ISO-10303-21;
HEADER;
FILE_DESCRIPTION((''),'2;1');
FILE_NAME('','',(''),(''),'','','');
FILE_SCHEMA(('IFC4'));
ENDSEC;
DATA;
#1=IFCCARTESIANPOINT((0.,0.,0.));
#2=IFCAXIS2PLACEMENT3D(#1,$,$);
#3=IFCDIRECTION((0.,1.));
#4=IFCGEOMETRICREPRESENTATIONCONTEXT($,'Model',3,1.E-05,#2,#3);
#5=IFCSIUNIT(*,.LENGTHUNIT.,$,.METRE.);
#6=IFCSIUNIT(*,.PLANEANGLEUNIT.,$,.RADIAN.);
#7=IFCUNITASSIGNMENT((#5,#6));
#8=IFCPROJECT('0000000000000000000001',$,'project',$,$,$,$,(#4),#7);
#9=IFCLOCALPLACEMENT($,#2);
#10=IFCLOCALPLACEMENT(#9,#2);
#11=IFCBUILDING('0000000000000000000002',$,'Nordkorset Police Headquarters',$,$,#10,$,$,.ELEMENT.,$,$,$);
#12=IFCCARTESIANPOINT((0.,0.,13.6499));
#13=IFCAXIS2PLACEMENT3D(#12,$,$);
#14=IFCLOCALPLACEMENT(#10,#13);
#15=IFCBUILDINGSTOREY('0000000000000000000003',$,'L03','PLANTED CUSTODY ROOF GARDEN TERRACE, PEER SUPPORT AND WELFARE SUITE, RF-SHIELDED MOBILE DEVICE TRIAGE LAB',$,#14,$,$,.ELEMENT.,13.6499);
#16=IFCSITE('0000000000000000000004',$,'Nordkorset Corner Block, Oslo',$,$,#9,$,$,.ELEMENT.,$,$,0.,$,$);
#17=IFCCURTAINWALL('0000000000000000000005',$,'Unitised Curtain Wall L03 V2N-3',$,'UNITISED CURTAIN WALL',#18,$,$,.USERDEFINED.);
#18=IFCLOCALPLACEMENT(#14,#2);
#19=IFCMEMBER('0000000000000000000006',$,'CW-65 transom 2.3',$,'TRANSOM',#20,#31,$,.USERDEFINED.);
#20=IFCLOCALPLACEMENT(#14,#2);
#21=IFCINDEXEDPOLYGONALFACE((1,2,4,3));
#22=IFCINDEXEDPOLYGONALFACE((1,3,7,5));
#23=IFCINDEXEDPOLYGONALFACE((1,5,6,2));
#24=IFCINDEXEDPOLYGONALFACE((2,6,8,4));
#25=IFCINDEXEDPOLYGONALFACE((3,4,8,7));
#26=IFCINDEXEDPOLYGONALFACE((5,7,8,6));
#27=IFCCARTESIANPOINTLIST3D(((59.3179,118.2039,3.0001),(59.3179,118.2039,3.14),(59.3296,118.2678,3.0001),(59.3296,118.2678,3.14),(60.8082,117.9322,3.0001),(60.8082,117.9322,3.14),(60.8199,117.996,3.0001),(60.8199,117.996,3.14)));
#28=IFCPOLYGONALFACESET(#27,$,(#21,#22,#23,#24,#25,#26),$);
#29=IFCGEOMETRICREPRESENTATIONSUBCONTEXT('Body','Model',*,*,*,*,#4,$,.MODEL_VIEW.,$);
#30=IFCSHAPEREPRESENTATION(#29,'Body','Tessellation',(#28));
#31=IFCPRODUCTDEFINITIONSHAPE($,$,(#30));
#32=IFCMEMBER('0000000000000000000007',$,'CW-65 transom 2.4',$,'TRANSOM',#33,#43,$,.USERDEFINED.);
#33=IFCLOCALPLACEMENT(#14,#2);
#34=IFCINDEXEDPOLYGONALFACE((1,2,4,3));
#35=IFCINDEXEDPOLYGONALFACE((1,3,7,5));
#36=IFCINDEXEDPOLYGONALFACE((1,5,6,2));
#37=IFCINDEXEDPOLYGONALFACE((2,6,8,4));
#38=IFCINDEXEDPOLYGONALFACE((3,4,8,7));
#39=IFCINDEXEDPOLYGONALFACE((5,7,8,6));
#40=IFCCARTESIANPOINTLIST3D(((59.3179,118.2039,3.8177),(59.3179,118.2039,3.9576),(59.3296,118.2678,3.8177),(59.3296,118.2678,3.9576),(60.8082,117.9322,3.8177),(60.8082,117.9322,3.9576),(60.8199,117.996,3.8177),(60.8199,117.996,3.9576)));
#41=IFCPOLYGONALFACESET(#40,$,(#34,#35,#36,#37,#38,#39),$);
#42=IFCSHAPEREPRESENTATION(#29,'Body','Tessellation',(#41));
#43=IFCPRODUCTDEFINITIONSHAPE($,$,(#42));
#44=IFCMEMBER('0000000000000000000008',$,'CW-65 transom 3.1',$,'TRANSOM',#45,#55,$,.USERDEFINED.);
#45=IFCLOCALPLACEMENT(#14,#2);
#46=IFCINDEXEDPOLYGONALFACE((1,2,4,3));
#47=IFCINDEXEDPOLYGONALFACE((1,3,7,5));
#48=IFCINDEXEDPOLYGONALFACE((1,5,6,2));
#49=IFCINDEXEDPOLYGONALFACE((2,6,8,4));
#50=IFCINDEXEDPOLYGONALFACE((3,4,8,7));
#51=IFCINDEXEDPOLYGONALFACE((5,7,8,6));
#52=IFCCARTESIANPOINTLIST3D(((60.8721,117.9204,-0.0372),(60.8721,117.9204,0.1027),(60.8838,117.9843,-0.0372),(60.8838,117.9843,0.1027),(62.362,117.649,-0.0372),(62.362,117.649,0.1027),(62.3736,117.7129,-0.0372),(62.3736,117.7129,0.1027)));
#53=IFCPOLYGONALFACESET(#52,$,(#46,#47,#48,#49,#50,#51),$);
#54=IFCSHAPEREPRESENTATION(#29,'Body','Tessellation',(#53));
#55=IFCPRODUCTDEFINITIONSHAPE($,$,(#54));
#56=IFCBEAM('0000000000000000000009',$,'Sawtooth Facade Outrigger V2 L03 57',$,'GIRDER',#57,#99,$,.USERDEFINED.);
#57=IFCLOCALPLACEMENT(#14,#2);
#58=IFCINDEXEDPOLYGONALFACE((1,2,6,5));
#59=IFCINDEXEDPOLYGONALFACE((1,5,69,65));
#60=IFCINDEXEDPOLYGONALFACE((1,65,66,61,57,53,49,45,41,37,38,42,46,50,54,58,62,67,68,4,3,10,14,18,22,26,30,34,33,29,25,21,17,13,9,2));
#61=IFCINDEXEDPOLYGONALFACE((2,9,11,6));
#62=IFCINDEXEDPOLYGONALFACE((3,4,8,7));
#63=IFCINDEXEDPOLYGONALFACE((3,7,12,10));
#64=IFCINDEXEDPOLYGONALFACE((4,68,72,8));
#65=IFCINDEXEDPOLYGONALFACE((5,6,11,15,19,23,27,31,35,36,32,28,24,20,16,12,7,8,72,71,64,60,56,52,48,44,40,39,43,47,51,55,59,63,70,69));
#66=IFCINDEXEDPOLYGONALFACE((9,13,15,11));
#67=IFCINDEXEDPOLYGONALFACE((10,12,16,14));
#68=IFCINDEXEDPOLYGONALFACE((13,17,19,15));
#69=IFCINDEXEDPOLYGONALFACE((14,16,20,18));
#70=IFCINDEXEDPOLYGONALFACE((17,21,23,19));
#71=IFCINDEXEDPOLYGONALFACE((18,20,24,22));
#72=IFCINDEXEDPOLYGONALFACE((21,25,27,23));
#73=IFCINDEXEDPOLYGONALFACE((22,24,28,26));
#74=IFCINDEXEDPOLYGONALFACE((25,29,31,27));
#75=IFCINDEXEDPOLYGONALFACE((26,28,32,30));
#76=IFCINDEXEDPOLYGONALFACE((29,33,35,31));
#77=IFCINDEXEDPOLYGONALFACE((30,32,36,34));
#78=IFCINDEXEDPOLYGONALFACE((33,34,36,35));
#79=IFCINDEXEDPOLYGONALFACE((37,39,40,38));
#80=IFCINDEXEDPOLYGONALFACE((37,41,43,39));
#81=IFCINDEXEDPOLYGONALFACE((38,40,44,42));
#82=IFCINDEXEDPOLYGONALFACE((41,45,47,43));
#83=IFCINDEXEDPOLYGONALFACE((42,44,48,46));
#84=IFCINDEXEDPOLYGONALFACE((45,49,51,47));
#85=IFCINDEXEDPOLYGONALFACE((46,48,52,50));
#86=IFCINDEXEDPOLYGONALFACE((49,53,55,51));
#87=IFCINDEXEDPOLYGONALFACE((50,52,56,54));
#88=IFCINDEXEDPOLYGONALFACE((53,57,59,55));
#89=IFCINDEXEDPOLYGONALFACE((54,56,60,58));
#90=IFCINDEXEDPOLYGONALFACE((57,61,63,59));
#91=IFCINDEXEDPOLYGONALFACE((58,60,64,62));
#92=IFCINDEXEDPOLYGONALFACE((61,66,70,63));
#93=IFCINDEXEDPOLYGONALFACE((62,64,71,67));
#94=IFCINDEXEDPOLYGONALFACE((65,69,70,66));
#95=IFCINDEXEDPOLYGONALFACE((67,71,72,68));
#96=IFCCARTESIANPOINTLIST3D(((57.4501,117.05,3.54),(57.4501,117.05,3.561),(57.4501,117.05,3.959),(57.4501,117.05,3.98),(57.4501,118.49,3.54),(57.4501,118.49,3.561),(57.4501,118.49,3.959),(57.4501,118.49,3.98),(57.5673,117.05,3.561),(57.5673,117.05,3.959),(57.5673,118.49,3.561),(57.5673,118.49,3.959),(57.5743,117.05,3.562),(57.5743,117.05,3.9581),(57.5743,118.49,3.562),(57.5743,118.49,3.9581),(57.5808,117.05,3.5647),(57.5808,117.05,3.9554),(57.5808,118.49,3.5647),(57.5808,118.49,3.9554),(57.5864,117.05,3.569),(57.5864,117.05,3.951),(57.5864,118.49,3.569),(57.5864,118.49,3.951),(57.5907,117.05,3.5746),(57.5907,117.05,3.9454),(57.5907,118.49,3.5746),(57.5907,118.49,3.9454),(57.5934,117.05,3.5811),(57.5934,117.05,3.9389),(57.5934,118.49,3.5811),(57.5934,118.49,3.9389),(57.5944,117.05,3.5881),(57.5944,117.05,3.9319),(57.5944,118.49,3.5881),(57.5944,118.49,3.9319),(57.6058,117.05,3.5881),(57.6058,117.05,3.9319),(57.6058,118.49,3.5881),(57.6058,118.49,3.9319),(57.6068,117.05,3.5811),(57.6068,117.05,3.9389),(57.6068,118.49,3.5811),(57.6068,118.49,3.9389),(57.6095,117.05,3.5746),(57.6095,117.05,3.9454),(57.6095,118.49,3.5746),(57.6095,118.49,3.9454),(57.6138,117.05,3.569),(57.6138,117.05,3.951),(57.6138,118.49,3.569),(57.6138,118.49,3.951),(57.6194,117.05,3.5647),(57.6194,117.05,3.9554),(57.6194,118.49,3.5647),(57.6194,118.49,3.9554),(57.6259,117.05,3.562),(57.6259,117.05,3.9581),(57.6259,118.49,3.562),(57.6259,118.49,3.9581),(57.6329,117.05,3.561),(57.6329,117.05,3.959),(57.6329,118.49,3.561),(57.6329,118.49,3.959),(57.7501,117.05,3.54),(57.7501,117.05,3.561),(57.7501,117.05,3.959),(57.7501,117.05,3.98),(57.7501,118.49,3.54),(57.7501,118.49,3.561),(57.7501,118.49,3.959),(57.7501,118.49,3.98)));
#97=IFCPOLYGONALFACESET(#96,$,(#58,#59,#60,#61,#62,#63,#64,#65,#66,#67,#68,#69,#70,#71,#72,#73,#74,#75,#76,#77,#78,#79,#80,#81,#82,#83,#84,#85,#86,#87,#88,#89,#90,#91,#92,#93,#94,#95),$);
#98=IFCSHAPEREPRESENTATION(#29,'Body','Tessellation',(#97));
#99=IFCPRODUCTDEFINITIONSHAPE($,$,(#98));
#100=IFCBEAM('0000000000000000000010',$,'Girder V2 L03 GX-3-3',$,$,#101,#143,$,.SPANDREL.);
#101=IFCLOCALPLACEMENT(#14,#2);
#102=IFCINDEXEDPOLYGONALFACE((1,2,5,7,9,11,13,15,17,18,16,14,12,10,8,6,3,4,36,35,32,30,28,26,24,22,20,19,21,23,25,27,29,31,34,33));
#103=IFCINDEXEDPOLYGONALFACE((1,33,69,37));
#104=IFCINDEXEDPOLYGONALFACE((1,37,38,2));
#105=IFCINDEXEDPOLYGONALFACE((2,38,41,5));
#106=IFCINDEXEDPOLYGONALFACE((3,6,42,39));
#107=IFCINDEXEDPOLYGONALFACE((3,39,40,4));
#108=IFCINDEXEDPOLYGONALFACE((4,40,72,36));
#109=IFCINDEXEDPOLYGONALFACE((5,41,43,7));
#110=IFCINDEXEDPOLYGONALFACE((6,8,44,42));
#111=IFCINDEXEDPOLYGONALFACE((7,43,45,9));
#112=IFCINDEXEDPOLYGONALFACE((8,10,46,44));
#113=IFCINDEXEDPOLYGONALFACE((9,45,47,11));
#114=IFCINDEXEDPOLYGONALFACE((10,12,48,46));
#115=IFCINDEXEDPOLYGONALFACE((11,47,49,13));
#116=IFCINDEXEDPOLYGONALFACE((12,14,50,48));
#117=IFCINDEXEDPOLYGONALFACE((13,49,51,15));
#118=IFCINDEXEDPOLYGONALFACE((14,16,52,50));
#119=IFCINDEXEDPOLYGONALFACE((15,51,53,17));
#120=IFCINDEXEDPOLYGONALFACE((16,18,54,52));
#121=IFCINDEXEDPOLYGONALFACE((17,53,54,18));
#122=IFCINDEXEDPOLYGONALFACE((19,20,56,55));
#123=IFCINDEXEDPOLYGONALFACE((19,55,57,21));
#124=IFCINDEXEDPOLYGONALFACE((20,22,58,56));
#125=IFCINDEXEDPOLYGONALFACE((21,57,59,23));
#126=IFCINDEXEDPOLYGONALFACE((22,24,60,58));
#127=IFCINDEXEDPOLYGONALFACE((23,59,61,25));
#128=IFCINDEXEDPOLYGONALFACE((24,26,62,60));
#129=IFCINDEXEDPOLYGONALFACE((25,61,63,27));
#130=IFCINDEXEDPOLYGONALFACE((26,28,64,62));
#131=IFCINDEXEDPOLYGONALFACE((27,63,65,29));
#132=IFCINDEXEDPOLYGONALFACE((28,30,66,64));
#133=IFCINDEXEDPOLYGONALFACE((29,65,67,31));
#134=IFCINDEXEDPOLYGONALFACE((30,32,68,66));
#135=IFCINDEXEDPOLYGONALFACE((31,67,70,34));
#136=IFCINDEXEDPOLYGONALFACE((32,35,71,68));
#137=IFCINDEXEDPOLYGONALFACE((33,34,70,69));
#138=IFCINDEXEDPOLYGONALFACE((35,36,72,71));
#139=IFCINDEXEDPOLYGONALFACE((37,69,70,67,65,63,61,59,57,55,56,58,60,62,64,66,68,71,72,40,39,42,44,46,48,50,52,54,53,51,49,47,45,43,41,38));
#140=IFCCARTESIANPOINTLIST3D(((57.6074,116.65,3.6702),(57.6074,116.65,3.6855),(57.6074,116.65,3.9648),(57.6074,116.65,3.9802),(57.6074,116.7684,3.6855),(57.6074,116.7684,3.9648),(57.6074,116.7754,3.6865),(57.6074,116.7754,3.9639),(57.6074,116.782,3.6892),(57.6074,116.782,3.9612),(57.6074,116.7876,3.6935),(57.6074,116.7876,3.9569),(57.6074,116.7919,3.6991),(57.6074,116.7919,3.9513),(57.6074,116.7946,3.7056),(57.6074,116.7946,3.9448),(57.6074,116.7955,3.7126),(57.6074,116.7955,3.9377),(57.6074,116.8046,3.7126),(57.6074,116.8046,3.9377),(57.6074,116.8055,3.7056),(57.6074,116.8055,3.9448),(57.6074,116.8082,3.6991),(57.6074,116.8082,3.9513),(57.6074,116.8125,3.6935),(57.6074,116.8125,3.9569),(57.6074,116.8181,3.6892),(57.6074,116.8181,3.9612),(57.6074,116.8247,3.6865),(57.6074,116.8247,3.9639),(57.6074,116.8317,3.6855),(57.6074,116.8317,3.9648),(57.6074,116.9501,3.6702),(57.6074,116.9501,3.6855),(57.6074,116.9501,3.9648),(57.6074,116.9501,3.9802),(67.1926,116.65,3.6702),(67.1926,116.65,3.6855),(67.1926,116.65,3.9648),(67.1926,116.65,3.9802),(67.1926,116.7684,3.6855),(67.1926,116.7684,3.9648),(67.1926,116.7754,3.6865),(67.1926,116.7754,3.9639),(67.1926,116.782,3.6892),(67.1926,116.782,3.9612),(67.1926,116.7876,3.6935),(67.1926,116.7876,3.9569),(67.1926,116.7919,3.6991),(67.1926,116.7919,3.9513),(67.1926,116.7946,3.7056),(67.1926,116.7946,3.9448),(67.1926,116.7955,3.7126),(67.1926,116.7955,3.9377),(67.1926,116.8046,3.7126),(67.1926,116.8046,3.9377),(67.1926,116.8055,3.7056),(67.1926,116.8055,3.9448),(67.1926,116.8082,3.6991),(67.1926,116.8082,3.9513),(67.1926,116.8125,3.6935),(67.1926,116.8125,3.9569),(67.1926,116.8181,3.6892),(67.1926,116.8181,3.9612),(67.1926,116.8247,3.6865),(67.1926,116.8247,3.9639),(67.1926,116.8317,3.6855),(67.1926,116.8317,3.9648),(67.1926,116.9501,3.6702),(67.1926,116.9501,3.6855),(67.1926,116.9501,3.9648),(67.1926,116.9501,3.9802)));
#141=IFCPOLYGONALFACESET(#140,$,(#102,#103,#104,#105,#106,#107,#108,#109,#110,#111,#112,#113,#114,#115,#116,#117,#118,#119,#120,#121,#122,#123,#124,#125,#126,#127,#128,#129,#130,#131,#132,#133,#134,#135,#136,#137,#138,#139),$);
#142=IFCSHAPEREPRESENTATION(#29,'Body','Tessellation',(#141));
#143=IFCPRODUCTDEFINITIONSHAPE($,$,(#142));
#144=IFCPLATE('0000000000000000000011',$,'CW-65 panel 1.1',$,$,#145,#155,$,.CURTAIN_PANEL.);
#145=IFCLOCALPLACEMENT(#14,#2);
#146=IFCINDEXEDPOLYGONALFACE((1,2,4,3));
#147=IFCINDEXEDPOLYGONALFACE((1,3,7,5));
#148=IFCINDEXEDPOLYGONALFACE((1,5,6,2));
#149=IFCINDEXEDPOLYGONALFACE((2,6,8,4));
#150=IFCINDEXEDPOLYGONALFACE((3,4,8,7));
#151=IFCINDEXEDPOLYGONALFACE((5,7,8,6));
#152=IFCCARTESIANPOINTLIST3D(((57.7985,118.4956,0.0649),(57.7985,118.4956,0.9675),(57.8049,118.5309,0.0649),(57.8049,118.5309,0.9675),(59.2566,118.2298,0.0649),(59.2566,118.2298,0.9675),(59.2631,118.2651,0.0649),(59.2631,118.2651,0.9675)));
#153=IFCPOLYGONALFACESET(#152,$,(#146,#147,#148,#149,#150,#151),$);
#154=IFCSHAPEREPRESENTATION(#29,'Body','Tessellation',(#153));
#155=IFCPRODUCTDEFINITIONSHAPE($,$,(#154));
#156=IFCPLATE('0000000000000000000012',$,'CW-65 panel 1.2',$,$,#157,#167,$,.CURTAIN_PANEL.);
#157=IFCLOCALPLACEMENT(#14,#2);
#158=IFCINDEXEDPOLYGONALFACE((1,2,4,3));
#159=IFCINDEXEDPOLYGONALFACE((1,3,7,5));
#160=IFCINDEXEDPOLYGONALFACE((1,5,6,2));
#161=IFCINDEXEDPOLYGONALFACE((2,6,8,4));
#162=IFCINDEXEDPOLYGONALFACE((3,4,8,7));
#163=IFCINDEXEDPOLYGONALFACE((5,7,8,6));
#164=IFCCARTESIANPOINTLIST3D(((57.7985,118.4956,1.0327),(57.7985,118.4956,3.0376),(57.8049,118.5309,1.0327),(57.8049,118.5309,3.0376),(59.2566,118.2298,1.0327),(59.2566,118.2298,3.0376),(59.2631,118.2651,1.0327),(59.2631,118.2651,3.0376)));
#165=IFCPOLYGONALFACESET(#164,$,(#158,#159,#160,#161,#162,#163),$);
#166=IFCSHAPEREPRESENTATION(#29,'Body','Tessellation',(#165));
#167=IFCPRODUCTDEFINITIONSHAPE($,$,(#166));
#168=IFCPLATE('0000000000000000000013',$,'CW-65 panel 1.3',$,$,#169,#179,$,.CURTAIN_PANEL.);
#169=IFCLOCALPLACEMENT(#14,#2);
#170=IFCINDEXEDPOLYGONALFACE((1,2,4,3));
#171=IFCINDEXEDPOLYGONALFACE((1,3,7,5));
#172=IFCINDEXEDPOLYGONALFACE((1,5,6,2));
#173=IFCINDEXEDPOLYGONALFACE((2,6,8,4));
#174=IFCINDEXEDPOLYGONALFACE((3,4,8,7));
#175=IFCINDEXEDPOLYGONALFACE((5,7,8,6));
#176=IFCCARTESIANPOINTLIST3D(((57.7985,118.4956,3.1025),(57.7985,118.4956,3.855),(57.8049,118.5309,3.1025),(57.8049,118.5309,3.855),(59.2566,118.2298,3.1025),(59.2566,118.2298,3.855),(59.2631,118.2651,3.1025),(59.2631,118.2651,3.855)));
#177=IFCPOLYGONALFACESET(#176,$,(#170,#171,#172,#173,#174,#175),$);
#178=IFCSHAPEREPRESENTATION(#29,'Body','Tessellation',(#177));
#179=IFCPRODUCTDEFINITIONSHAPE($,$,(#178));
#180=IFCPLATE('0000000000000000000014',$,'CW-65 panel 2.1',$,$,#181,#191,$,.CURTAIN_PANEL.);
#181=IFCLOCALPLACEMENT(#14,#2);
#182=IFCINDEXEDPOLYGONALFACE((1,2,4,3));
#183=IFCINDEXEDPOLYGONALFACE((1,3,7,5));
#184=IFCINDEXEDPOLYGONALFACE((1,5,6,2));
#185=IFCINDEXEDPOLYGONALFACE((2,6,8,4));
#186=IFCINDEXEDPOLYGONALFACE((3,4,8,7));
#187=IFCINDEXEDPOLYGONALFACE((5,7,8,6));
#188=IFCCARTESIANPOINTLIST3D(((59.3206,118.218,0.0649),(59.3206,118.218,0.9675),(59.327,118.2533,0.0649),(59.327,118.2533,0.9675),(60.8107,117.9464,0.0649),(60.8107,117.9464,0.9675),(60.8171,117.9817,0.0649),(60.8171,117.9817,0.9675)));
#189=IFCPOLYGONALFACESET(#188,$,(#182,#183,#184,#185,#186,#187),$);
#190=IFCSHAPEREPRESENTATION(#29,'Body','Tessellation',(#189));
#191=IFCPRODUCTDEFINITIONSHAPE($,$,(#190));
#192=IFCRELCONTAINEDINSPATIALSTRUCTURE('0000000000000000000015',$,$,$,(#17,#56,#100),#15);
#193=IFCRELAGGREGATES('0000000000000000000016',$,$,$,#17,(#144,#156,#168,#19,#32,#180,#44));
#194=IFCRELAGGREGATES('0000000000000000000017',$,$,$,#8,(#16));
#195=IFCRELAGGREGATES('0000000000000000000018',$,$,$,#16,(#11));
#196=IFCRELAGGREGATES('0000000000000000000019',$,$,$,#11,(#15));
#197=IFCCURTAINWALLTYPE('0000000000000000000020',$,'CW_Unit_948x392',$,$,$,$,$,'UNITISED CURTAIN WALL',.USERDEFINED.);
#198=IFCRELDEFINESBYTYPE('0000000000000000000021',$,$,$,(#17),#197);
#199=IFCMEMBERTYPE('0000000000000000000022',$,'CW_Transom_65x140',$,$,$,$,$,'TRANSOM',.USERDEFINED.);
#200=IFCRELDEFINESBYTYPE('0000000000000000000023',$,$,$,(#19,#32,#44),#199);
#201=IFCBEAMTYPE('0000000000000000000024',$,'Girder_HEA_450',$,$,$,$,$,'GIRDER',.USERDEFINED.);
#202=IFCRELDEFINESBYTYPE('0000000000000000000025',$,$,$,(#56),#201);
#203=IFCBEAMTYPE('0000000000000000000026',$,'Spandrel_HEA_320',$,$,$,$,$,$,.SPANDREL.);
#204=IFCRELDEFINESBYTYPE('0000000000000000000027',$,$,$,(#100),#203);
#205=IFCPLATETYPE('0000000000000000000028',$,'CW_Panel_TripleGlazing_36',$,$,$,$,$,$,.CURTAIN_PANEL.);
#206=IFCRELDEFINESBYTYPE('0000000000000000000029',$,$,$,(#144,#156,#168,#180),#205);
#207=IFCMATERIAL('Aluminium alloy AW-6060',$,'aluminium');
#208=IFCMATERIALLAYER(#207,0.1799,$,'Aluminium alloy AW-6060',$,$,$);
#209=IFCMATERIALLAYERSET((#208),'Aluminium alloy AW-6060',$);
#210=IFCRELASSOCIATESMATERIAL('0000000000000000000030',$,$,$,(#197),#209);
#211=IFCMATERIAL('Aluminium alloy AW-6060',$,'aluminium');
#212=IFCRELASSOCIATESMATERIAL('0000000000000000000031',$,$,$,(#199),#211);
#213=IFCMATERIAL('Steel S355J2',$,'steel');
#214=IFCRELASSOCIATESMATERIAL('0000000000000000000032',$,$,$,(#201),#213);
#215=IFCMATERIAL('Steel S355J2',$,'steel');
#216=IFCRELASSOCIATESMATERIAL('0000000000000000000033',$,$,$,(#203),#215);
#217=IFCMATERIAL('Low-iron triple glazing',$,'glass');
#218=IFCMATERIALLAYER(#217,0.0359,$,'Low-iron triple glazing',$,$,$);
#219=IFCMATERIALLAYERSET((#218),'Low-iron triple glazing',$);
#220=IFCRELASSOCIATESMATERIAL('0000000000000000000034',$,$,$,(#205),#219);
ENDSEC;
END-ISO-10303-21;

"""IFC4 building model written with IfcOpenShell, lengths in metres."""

from ifc_helpers import new_model, si_unit, direction, frame, origin, origin_2d, place, context, subcontext, project, spatial, rectangle, i_section, extrude, material, layer, layer_set, material_profile, profile_set, type_object, element, aggregate, save


model = new_model("IFC4")

# Units and contexts
model_context = context("Model", 3, precision=1e-05, world=origin(), true_north=direction((0.0, 1.0)))
body_context = subcontext(model_context, "Body", "Model", "MODEL_VIEW")
ifc_project = project(units=[si_unit("LENGTHUNIT", "METRE"), si_unit("PLANEANGLEUNIT", "RADIAN")], contexts=[model_context])

# Site, building, storey
site_placement = place(None, origin())
site = spatial("IfcSite", under=ifc_project, at=site_placement, Name="Nordkorset Corner Block, Oslo", CompositionType="ELEMENT", RefElevation=0.0)
building_placement = place(site_placement, origin())
building = spatial("IfcBuilding", under=site, at=building_placement, Name="Nordkorset Police Headquarters", CompositionType="ELEMENT")
storey_placement = place(building_placement, frame((0.0, 0.0, 13.6499)))
storey = spatial("IfcBuildingStorey", under=building, at=storey_placement, Name="L03", Description="PLANTED CUSTODY ROOF GARDEN TERRACE, PEER SUPPORT AND WELFARE SUITE, RF-SHIELDED MOBILE DEVICE TRIAGE LAB", CompositionType="ELEMENT", Elevation=13.6499)

# Curtain wall, members
ifc_material_1 = material(Name="Aluminium alloy AW-6060", Category="aluminium")
ifc_layer_1 = layer(ifc_material_1, 0.1799, Name="Aluminium alloy AW-6060")
ifc_layer_set_1 = layer_set([ifc_layer_1], Name="Aluminium alloy AW-6060")
curtain_wall_type_1 = type_object("IfcCurtainWallType", Name="CW_Unit_948x392", ElementType="UNITISED CURTAIN WALL", PredefinedType="USERDEFINED", material=ifc_layer_set_1)
curtain_wall_1_placement = place(storey_placement, origin())
curtain_wall_1 = element("IfcCurtainWall", 1, at=curtain_wall_1_placement, inside=storey, type_object=curtain_wall_type_1, Name="Unitised Curtain Wall L03 V2N-3", ObjectType="UNITISED CURTAIN WALL", PredefinedType="USERDEFINED")
ifc_material_2 = material(Name="Aluminium alloy AW-6060", Category="aluminium")
ifc_material_profile_1 = material_profile(ifc_material_2, rectangle(XDim=0.0649, YDim=0.1399, at=origin_2d()), Name="ALU TRAN 65x140")
ifc_profile_set_1 = profile_set([ifc_material_profile_1], Name="Aluminium alloy AW-6060")
member_type_1 = type_object("IfcMemberType", Name="CW_Transom_65x140", ElementType="TRANSOM", PredefinedType="USERDEFINED", material=ifc_profile_set_1)
member_1_placement = place(storey_placement, frame((59.3237, 118.2358, 3.0701), z_axis=(0.98378, -0.179382, 0.0), x_axis=(0.179382, 0.98378, 0.0)))
member_1 = element("IfcMember", 2, at=member_1_placement, type_object=member_type_1, Name="CW-65 transom 2.3", ObjectType="TRANSOM", PredefinedType="USERDEFINED", context=body_context, shape_type="SweptSolid", body=[
    extrude(rectangle(XDim=0.0649, YDim=0.1399, at=origin_2d()), origin(), (0.0, 0.0, 1.0), 1.5149),
])
member_2_placement = place(storey_placement, frame((59.3237, 118.2358, 3.8877), z_axis=(0.98378, -0.179382, 0.0), x_axis=(0.179382, 0.98378, 0.0)))
member_2 = element("IfcMember", 3, at=member_2_placement, type_object=member_type_1, Name="CW-65 transom 2.4", ObjectType="TRANSOM", PredefinedType="USERDEFINED", context=body_context, shape_type="SweptSolid", body=[
    extrude(rectangle(XDim=0.0649, YDim=0.1399, at=origin_2d()), origin(), (0.0, 0.0, 1.0), 1.5149),
])
member_3_placement = place(storey_placement, frame((60.8779, 117.9524, 0.0327), z_axis=(0.983803, -0.179254, 0.0), x_axis=(0.179254, 0.983803, 0.0)))
member_3 = element("IfcMember", 4, at=member_3_placement, type_object=member_type_1, Name="CW-65 transom 3.1", ObjectType="TRANSOM", PredefinedType="USERDEFINED", context=body_context, shape_type="SweptSolid", body=[
    extrude(rectangle(XDim=0.0649, YDim=0.1399, at=origin_2d()), origin(), (0.0, 0.0, 1.0), 1.5144),
])

# Beams
ifc_material_3 = material(Name="Steel S355J2", Category="steel")
ifc_material_profile_2 = material_profile(ifc_material_3, i_section(OverallWidth=0.3, OverallDepth=0.4399, WebThickness=0.0115, FlangeThickness=0.021, FilletRadius=0.0271, at=origin_2d()), Name="HEA 450")
ifc_profile_set_2 = profile_set([ifc_material_profile_2], Name="Steel S355J2")
beam_type_1 = type_object("IfcBeamType", Name="Girder_HEA_450", ElementType="GIRDER", PredefinedType="USERDEFINED", material=ifc_profile_set_2)
beam_1_placement = place(storey_placement, frame((57.6001, 117.05, 3.76), z_axis=(0.0, 1.0, 0.0), x_axis=(-1.0, 0.0, 0.0)))
element("IfcBeam", 5, at=beam_1_placement, inside=storey, type_object=beam_type_1, Name="Sawtooth Facade Outrigger V2 L03 57", ObjectType="GIRDER", PredefinedType="USERDEFINED", context=body_context, shape_type="SweptSolid", body=[
    extrude(i_section(OverallWidth=0.3, OverallDepth=0.4399, WebThickness=0.0115, FlangeThickness=0.021, FilletRadius=0.0271, at=origin_2d()), origin(), (0.0, 0.0, 1.0), 1.4399),
])
ifc_material_4 = material(Name="Steel S355J2", Category="steel")
ifc_material_profile_3 = material_profile(ifc_material_4, i_section(OverallWidth=0.3, OverallDepth=0.3101, WebThickness=0.009, FlangeThickness=0.0154, FilletRadius=0.0271, at=origin_2d()), Name="HEA 320")
ifc_profile_set_3 = profile_set([ifc_material_profile_3], Name="Steel S355J2")
beam_type_2 = type_object("IfcBeamType", Name="Spandrel_HEA_320", PredefinedType="SPANDREL", material=ifc_profile_set_3)
beam_2_placement = place(storey_placement, frame((57.6074, 116.8, 3.8252), z_axis=(1.0, 0.0, 0.0), x_axis=(0.0, 1.0, 0.0)))
element("IfcBeam", 6, at=beam_2_placement, inside=storey, type_object=beam_type_2, Name="Girder V2 L03 GX-3-3", PredefinedType="SPANDREL", context=body_context, shape_type="SweptSolid", body=[
    extrude(i_section(OverallWidth=0.3, OverallDepth=0.3101, WebThickness=0.009, FlangeThickness=0.0154, FilletRadius=0.0271, at=origin_2d()), origin(), (0.0, 0.0, 1.0), 9.5852),
])

# Plates
ifc_material_5 = material(Name="Low-iron triple glazing", Category="glass")
ifc_layer_2 = layer(ifc_material_5, 0.0359, Name="Low-iron triple glazing")
ifc_layer_set_2 = layer_set([ifc_layer_2], Name="Low-iron triple glazing")
plate_type = type_object("IfcPlateType", Name="CW_Panel_TripleGlazing_36", PredefinedType="CURTAIN_PANEL", material=ifc_layer_set_2)
plate_1_placement = place(storey_placement, frame((58.5308, 118.3804, 0.0649), z_axis=(0.0, 0.0, 1.0), x_axis=(0.983788, -0.179336, 0.0)))
plate_1 = element("IfcPlate", 7, at=plate_1_placement, type_object=plate_type, Name="CW-65 panel 1.1", PredefinedType="CURTAIN_PANEL", context=body_context, shape_type="SweptSolid", body=[
    extrude(rectangle(XDim=1.4822, YDim=0.0359, at=origin_2d()), origin(), (0.0, 0.0, 1.0), 0.9026),
])
plate_2_placement = place(storey_placement, frame((58.5308, 118.3804, 1.0327), z_axis=(0.0, 0.0, 1.0), x_axis=(0.983788, -0.179336, 0.0)))
plate_2 = element("IfcPlate", 8, at=plate_2_placement, type_object=plate_type, Name="CW-65 panel 1.2", PredefinedType="CURTAIN_PANEL", context=body_context, shape_type="SweptSolid", body=[
    extrude(rectangle(XDim=1.4822, YDim=0.0359, at=origin_2d()), origin(), (0.0, 0.0, 1.0), 2.0049),
])
plate_3_placement = place(storey_placement, frame((58.5308, 118.3804, 3.1025), z_axis=(0.0, 0.0, 1.0), x_axis=(0.983788, -0.179336, 0.0)))
plate_3 = element("IfcPlate", 9, at=plate_3_placement, type_object=plate_type, Name="CW-65 panel 1.3", PredefinedType="CURTAIN_PANEL", context=body_context, shape_type="SweptSolid", body=[
    extrude(rectangle(XDim=1.4822, YDim=0.0359, at=origin_2d()), origin(), (0.0, 0.0, 1.0), 0.7524),
])
plate_4_placement = place(storey_placement, frame((60.0688, 118.0999, 0.0649), z_axis=(0.0, 0.0, 1.0), x_axis=(0.983788, -0.179336, 0.0)))
plate_4 = element("IfcPlate", 10, at=plate_4_placement, type_object=plate_type, Name="CW-65 panel 2.1", PredefinedType="CURTAIN_PANEL", context=body_context, shape_type="SweptSolid", body=[
    extrude(rectangle(XDim=1.5146, YDim=0.0359, at=origin_2d()), origin(), (0.0, 0.0, 1.0), 0.9026),
])
aggregate(curtain_wall_1, [plate_1, plate_2, plate_3, member_1, member_2, plate_4, member_3])

save(model, "model.ifc")
